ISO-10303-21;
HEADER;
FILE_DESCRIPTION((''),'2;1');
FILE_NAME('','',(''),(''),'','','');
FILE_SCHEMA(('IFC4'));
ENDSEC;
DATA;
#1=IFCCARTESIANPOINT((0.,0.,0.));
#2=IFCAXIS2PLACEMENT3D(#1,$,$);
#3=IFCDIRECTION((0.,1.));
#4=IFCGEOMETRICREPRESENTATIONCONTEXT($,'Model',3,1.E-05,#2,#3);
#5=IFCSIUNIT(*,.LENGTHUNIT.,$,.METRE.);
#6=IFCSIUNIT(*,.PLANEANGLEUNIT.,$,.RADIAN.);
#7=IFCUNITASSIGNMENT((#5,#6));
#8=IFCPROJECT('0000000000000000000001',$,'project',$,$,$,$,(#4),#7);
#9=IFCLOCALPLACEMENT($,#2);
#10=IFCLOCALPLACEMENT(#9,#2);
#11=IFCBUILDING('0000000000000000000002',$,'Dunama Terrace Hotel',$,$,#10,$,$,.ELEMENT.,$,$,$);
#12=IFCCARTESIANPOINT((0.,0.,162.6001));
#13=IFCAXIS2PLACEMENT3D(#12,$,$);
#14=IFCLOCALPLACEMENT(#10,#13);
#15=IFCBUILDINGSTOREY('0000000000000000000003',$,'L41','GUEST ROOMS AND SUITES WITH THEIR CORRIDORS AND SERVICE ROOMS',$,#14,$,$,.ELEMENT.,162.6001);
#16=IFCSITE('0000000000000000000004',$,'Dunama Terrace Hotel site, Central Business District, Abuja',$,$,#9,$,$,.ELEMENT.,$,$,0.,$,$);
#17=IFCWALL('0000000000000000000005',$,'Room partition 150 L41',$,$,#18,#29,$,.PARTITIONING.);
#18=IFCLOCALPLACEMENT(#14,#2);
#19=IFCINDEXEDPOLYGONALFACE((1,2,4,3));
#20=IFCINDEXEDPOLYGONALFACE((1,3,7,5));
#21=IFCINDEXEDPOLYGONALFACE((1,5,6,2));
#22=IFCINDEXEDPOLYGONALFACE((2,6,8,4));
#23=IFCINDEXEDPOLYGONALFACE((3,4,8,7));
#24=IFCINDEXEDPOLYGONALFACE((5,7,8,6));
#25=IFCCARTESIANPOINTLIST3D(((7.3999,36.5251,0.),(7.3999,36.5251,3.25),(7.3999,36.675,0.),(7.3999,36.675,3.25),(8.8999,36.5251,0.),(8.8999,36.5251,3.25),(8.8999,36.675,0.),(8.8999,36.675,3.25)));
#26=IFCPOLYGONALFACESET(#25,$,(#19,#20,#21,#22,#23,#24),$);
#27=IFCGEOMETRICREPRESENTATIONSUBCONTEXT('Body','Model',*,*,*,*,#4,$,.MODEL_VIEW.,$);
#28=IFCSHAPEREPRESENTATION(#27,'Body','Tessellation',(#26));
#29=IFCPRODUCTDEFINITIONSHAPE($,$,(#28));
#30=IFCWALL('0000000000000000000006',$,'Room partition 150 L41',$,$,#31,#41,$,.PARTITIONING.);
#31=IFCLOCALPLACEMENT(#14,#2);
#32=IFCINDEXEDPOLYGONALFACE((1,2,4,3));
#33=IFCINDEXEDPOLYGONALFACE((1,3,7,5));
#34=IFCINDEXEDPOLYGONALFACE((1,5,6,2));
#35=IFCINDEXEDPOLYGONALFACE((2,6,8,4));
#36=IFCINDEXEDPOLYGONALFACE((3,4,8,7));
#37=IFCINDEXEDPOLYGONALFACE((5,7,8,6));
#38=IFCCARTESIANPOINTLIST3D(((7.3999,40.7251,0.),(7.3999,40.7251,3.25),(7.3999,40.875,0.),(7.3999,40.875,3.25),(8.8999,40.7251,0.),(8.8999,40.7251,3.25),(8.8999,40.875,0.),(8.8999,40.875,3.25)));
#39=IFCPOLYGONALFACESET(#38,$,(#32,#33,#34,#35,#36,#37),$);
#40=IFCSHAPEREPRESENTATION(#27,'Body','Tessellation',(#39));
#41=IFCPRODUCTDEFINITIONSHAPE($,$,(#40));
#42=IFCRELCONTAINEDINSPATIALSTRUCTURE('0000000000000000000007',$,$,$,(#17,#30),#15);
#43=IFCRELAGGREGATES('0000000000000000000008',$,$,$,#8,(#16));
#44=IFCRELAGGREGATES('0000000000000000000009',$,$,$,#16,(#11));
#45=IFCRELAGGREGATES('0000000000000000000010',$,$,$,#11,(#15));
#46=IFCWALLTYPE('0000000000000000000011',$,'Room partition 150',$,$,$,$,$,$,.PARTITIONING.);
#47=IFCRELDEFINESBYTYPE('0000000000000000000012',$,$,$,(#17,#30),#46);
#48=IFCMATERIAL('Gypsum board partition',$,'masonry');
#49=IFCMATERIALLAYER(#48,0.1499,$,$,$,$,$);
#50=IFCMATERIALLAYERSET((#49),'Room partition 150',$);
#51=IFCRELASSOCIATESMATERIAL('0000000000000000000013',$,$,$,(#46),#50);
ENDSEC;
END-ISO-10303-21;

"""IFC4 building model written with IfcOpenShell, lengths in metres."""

from ifc_helpers import new_model, si_unit, direction, frame, frame_2d, origin, place, context, subcontext, project, spatial, rectangle, extrude, material, layer, layer_set, type_object, element, save


model = new_model("IFC4")

# Units and contexts
model_context = context("Model", 3, precision=1e-05, world=origin(), true_north=direction((0.0, 1.0)))
body_context = subcontext(model_context, "Body", "Model", "MODEL_VIEW")
ifc_project = project(units=[si_unit("LENGTHUNIT", "METRE"), si_unit("PLANEANGLEUNIT", "RADIAN")], contexts=[model_context])

# Site, building, storey
site_placement = place(None, origin())
site = spatial("IfcSite", under=ifc_project, at=site_placement, Name="Dunama Terrace Hotel site, Central Business District, Abuja", CompositionType="ELEMENT", RefElevation=0.0)
building_placement = place(site_placement, origin())
building = spatial("IfcBuilding", under=site, at=building_placement, Name="Dunama Terrace Hotel", CompositionType="ELEMENT")
storey_placement = place(building_placement, frame((0.0, 0.0, 162.6001)))
storey = spatial("IfcBuildingStorey", under=building, at=storey_placement, Name="L41", Description="GUEST ROOMS AND SUITES WITH THEIR CORRIDORS AND SERVICE ROOMS", CompositionType="ELEMENT", Elevation=162.6001)

# Shared definitions
ifc_material_1 = material(Name="Gypsum board partition", Category="masonry")
ifc_layer_1 = layer(ifc_material_1, 0.1499)
ifc_layer_set_1 = layer_set([ifc_layer_1], Name="Room partition 150")
wall_type_1 = type_object("IfcWallType", Name="Room partition 150", PredefinedType="PARTITIONING", material=ifc_layer_set_1)

# Walls
for number, where, z_axis, x_axis, name in (
    (1, (7.3999, 36.6001, 0.0), (0.0, 0.0, 1.0), (1.0, 0.0, 0.0), "Room partition 150 L41"),
    (2, (7.3999, 40.8, 0.0), (0.0, 0.0, 1.0), (1.0, 0.0, 0.0), "Room partition 150 L41"),
):
    element("IfcWall", number, at=place(storey_placement, frame(where, z_axis=z_axis, x_axis=x_axis)), inside=storey, type_object=wall_type_1, Name=name, PredefinedType="PARTITIONING", context=body_context, shape_type="SweptSolid", body=[
        extrude(rectangle(XDim=1.5, YDim=0.1499, at=frame_2d((0.75, 0.0))), origin(), (0.0, 0.0, 1.0), 3.25),
    ])

save(model, "model.ifc")
